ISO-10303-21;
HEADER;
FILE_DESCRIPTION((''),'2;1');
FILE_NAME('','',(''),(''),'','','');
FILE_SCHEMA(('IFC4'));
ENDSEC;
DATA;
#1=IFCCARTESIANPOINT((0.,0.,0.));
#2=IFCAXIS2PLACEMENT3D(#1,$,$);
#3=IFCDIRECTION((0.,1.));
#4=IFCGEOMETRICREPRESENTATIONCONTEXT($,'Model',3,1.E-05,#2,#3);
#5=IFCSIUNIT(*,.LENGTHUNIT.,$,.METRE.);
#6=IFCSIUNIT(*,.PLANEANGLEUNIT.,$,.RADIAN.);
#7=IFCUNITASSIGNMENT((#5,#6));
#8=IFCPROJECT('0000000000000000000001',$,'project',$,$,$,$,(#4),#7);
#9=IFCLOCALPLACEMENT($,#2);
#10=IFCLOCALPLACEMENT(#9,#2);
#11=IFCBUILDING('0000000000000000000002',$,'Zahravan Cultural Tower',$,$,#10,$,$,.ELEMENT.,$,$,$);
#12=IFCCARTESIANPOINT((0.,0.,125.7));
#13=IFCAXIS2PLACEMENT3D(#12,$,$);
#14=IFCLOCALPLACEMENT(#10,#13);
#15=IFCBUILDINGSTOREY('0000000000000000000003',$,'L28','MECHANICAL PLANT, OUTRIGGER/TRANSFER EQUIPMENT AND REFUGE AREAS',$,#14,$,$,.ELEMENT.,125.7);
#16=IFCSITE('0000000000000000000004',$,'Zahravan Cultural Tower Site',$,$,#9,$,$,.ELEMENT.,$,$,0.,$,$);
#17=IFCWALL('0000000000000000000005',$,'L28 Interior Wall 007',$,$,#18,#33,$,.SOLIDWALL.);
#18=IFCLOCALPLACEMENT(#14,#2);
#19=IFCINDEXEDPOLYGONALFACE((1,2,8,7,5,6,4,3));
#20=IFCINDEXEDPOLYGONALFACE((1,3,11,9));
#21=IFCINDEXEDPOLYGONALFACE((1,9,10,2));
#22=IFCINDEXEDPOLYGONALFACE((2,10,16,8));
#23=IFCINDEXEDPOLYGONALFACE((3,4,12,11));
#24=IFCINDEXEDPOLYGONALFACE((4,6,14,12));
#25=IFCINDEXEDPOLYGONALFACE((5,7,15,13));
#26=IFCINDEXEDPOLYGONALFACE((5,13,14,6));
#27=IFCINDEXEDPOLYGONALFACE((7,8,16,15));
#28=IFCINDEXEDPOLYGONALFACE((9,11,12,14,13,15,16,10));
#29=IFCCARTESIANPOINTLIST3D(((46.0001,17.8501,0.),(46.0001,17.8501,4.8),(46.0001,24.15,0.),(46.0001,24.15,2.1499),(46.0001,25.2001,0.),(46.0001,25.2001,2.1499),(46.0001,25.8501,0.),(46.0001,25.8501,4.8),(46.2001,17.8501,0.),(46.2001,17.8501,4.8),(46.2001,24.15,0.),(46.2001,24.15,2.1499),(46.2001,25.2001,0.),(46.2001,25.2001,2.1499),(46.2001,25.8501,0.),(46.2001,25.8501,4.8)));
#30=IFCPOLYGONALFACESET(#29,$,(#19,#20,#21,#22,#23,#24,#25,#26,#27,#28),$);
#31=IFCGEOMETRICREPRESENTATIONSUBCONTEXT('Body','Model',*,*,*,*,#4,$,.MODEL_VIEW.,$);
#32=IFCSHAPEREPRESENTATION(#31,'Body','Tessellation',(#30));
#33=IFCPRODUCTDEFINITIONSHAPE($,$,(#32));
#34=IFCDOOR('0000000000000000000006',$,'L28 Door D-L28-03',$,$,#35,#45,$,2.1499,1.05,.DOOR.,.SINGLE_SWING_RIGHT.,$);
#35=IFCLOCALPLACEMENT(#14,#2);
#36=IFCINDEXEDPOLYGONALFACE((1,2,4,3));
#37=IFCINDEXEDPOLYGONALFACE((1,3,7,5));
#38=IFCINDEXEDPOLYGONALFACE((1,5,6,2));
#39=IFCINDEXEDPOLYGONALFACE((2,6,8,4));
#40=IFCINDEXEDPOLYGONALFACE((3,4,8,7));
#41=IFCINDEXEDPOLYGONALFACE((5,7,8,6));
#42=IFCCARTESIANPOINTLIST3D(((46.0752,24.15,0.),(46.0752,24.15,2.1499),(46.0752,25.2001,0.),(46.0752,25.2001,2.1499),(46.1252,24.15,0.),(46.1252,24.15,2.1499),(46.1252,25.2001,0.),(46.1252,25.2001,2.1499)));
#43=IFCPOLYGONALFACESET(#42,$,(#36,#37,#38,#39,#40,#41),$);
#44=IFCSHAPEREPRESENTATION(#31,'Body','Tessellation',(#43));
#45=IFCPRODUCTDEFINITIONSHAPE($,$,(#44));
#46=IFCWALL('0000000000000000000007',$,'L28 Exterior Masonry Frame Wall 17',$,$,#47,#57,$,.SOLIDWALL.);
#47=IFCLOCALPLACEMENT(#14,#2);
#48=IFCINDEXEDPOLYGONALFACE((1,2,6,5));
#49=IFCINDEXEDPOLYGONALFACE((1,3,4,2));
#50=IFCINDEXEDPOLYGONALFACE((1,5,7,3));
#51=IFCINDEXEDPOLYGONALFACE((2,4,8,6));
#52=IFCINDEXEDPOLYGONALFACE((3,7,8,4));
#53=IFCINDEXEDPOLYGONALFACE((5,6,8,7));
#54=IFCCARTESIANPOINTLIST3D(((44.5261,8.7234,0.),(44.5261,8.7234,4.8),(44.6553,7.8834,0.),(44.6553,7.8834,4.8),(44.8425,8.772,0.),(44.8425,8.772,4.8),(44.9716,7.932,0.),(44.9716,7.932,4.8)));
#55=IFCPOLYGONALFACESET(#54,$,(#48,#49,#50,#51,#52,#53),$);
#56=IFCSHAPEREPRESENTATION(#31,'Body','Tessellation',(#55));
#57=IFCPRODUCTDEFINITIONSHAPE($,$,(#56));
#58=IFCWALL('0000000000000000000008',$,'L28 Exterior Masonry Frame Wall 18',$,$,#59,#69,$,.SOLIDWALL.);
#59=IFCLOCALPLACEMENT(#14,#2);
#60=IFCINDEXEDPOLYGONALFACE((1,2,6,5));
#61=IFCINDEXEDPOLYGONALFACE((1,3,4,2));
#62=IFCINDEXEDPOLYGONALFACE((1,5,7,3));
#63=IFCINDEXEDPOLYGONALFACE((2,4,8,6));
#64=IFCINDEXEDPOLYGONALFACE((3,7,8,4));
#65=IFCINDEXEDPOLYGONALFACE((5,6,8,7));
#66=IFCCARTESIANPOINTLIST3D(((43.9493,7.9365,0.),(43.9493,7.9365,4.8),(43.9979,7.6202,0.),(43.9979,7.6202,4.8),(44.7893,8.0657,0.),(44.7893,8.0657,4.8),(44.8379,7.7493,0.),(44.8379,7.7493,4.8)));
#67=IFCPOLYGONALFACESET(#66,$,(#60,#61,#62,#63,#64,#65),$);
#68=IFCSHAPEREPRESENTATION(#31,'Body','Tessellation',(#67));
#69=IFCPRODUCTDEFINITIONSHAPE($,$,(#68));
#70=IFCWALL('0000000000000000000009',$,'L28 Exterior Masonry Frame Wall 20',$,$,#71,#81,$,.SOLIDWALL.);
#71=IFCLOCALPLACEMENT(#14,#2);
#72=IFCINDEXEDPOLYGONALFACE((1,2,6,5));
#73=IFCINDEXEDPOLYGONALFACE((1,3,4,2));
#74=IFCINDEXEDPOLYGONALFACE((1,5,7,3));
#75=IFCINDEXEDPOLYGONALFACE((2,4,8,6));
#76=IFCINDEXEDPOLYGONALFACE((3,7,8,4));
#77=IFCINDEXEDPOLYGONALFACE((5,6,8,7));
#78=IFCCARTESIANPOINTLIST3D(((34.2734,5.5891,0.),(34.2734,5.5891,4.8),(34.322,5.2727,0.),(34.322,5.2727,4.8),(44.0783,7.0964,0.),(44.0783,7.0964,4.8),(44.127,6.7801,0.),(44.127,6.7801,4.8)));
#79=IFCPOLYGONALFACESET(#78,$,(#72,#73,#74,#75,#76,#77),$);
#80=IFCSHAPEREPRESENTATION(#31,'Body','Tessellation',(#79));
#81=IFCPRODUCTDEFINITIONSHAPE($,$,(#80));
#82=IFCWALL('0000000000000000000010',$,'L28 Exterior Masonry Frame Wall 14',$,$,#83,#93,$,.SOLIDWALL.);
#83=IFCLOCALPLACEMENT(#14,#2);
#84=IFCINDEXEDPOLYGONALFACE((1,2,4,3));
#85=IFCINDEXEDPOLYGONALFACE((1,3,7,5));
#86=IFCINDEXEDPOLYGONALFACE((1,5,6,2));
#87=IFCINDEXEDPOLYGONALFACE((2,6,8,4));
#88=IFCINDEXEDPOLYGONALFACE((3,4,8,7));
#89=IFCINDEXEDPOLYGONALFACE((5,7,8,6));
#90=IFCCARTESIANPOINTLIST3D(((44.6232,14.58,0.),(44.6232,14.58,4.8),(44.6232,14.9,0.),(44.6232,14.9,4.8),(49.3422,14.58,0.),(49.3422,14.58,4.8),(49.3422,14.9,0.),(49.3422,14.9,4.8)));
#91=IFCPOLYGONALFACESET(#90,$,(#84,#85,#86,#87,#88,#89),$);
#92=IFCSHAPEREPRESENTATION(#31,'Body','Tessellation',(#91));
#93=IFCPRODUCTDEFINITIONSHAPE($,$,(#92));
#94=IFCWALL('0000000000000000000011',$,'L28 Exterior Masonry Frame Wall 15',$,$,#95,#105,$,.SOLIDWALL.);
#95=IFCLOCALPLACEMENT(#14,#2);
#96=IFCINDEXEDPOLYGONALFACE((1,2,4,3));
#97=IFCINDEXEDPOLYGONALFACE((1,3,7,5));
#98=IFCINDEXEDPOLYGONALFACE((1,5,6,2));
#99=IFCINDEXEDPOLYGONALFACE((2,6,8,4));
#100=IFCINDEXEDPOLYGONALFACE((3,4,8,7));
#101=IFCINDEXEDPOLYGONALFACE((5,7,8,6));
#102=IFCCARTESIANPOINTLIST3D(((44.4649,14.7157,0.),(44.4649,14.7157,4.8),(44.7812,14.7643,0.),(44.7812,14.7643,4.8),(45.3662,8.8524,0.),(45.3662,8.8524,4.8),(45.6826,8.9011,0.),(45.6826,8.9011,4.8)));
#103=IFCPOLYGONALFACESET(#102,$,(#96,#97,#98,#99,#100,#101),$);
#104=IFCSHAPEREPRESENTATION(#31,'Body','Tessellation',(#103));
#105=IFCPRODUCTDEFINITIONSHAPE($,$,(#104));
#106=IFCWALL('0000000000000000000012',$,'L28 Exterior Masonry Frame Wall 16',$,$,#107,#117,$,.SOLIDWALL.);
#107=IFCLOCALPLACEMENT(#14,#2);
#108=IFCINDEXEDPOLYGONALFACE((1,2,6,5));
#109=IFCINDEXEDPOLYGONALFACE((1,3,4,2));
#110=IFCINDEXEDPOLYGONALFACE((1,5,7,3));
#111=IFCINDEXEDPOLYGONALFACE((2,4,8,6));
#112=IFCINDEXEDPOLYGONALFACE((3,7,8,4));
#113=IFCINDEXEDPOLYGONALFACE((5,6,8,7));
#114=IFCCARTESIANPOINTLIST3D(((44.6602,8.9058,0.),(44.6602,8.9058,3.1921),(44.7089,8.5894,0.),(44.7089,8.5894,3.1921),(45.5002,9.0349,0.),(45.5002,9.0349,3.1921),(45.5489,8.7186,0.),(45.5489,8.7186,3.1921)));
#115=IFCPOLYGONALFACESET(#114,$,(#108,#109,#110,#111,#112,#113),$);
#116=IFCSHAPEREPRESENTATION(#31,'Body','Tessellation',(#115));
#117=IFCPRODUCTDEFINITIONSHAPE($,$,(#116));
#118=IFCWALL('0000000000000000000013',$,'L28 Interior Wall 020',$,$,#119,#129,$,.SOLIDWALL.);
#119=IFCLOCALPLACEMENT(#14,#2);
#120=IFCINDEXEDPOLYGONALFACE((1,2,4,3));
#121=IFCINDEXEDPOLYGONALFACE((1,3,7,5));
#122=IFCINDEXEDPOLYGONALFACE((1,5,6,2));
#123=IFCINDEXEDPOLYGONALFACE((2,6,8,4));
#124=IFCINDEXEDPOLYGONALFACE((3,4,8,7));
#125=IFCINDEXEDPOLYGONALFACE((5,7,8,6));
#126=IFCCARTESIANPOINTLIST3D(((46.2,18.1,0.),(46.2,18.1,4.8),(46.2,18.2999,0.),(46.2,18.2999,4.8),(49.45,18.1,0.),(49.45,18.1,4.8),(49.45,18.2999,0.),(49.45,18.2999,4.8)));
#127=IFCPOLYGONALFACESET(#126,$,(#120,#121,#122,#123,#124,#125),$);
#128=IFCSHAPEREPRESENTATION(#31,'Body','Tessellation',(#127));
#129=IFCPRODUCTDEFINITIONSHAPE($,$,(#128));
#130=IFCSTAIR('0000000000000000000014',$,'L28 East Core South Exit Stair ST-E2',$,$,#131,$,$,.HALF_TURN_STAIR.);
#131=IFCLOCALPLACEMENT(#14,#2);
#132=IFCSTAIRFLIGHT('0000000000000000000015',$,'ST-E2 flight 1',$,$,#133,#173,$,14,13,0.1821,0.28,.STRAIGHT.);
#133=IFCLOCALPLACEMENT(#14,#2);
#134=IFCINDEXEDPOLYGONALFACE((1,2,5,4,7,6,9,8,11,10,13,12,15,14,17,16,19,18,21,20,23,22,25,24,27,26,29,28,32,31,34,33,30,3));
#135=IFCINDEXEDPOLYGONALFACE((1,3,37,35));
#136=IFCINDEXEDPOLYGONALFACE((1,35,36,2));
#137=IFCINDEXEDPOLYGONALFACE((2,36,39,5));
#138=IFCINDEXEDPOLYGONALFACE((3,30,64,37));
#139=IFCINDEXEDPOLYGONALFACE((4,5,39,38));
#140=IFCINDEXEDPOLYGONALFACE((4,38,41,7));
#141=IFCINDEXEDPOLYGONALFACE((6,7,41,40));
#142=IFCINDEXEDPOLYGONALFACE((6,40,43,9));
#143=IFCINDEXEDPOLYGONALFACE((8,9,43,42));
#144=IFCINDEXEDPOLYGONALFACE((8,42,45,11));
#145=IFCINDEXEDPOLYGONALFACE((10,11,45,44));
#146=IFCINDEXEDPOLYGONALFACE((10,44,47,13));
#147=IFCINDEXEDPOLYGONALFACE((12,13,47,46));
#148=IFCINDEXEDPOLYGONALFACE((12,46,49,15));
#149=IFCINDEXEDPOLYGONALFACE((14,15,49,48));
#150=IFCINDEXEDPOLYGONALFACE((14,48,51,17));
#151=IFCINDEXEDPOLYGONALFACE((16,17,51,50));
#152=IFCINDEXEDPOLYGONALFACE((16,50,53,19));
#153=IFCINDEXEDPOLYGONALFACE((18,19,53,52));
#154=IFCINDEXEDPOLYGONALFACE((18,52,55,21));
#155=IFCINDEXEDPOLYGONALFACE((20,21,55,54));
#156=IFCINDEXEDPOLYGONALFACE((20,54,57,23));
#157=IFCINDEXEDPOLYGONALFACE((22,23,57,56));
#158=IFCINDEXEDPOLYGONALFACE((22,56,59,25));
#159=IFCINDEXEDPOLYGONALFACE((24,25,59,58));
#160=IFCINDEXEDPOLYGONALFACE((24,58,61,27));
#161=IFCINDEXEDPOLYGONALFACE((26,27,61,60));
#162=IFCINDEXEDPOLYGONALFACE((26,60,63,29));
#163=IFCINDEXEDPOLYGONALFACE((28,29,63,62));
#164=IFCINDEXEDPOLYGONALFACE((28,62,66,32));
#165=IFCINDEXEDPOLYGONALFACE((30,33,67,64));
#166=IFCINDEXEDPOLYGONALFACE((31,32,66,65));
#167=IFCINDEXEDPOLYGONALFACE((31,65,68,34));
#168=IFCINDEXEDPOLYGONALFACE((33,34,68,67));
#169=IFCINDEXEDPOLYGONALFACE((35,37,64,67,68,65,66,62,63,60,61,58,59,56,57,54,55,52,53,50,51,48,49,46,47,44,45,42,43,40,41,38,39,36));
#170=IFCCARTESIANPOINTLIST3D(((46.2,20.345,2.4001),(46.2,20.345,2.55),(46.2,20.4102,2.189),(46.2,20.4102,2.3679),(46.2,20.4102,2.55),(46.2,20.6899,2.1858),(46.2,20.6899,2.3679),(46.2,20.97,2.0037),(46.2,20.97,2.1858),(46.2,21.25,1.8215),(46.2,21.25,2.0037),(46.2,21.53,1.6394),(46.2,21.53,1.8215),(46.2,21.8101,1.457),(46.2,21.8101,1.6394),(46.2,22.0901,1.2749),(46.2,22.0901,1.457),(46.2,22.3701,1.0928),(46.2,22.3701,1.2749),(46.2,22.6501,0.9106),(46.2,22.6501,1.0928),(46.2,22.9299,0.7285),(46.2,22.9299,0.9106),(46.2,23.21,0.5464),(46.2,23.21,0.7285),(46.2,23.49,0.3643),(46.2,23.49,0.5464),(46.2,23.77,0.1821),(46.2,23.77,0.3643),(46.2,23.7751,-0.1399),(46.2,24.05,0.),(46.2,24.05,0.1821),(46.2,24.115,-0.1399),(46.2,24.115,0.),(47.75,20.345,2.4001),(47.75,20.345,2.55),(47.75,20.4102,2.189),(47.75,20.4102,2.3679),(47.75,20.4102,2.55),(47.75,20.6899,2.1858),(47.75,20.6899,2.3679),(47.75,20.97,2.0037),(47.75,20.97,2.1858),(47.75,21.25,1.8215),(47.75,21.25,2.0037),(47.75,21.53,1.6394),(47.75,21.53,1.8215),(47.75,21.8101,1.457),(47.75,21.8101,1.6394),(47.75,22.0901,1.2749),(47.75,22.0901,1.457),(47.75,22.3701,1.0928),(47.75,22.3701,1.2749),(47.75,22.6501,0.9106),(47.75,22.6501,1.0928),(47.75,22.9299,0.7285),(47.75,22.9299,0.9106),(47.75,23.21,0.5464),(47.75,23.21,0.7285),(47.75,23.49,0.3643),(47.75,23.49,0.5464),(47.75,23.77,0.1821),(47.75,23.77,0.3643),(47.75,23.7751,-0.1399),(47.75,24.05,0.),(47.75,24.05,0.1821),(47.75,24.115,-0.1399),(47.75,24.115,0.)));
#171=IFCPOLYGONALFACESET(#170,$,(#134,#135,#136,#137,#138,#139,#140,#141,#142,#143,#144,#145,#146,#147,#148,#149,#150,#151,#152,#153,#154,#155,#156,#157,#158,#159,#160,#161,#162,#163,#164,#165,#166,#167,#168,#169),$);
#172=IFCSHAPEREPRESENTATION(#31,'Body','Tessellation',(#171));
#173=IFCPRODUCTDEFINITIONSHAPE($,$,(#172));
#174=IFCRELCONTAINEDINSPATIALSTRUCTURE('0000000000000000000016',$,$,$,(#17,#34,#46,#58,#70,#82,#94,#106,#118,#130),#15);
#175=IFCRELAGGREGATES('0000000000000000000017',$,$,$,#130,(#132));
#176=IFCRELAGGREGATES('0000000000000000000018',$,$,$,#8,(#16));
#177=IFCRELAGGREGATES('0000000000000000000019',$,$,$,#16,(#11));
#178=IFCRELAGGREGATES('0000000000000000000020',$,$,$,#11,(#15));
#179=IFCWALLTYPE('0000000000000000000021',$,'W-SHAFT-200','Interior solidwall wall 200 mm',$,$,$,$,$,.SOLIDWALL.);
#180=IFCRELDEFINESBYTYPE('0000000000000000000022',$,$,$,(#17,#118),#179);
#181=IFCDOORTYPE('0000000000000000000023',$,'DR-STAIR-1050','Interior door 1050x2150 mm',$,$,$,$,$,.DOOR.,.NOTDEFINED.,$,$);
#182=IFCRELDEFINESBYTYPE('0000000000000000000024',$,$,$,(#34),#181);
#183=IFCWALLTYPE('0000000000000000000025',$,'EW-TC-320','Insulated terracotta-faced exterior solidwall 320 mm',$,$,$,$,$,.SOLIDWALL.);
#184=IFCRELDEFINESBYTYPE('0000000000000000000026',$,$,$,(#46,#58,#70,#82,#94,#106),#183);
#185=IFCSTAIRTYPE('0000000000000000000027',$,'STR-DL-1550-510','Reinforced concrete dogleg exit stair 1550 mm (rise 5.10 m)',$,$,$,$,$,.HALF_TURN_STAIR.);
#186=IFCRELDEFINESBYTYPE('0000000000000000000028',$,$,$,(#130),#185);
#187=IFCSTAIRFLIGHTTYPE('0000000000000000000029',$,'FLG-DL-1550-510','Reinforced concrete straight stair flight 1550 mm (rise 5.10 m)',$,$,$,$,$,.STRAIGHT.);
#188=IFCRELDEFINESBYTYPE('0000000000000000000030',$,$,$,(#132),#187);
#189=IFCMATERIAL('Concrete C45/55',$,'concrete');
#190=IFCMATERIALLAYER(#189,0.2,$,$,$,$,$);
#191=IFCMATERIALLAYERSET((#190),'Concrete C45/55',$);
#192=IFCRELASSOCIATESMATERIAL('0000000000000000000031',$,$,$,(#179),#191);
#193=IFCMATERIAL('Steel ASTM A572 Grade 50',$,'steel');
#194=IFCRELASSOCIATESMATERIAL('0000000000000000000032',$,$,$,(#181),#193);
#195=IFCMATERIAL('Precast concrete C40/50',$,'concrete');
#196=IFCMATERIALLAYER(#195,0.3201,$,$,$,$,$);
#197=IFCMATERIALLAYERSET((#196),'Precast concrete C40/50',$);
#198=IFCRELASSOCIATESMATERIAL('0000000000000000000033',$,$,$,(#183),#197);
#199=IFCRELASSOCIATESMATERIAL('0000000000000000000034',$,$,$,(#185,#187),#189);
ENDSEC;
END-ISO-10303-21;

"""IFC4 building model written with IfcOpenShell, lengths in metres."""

from ifc_helpers import new_model, si_unit, direction, frame, frame_2d, origin, place, context, subcontext, project, spatial, polyline, rectangle, outline, extrude, source, transform, mapped, material, layer, layer_set, type_object, element, fill, aggregate, save


model = new_model("IFC4")

# Units and contexts
model_context = context("Model", 3, precision=1e-05, world=origin(), true_north=direction((0.0, 1.0)))
body_context = subcontext(model_context, "Body", "Model", "MODEL_VIEW")
ifc_project = project(units=[si_unit("LENGTHUNIT", "METRE"), si_unit("PLANEANGLEUNIT", "RADIAN")], contexts=[model_context])

# Site, building, storey
site_placement = place(None, origin())
site = spatial("IfcSite", under=ifc_project, at=site_placement, Name="Zahravan Cultural Tower Site", CompositionType="ELEMENT", RefElevation=0.0)
building_placement = place(site_placement, origin())
building = spatial("IfcBuilding", under=site, at=building_placement, Name="Zahravan Cultural Tower", CompositionType="ELEMENT")
storey_placement = place(building_placement, frame((0.0, 0.0, 125.7)))
storey = spatial("IfcBuildingStorey", under=building, at=storey_placement, Name="L28", Description="MECHANICAL PLANT, OUTRIGGER/TRANSFER EQUIPMENT AND REFUGE AREAS", CompositionType="ELEMENT", Elevation=125.7)

# Wall, opening, door
ifc_material_1 = material(Name="Concrete C45/55", Category="concrete")
ifc_layer_1 = layer(ifc_material_1, 0.2)
ifc_layer_set_1 = layer_set([ifc_layer_1], Name="Concrete C45/55")
wall_type_1 = type_object("IfcWallType", Name="W-SHAFT-200", Description="Interior solidwall wall 200 mm", PredefinedType="SOLIDWALL", material=ifc_layer_set_1)
wall_1_placement = place(storey_placement, frame((46.1001, 17.8501, 0.0), z_axis=(0.0, 0.0, 1.0), x_axis=(0.0, 1.0, 0.0)))
wall_1 = element("IfcWall", 1, at=wall_1_placement, inside=storey, type_object=wall_type_1, Name="L28 Interior Wall 007", PredefinedType="SOLIDWALL", context=body_context, shape_type="SweptSolid", body=[
    extrude(rectangle(XDim=8.0, YDim=0.2, at=frame_2d((4.0, 0.0))), origin(), (0.0, 0.0, 1.0), 4.8),
])
opening_placement = place(wall_1_placement, frame((6.3, 0.0, 0.0)))
opening = element("IfcOpeningElement", 2, at=opening_placement, cuts=wall_1, PredefinedType="OPENING", context=body_context, shape_type="SweptSolid", body=[
    extrude(rectangle(XDim=1.05, YDim=2.1499, at=frame_2d((0.5249, 1.075))), frame((0.0, 0.1099, 0.0), z_axis=(0.0, -1.0, 0.0), x_axis=(1.0, 0.0, 0.0)), (0.0, 0.0, 1.0), 0.22),
])
ifc_material_2 = material(Name="Steel ASTM A572 Grade 50", Category="steel")
door_type = type_object("IfcDoorType", Name="DR-STAIR-1050", Description="Interior door 1050x2150 mm", OperationType="NOTDEFINED", PredefinedType="DOOR", material=ifc_material_2)
shared_shape_1 = source(origin(), body_context, "Body", "SweptSolid", [
    extrude(rectangle(XDim=1.05, YDim=2.1499, at=frame_2d((0.5249, 1.075))), frame((0.0, 0.0249, 0.0), z_axis=(0.0, -1.0, 0.0), x_axis=(1.0, 0.0, 0.0)), (0.0, 0.0, 1.0), 0.05),
])
door_placement = place(opening_placement, origin())
door = element("IfcDoor", 3, at=door_placement, inside=storey, type_object=door_type, Name="L28 Door D-L28-03", OperationType="SINGLE_SWING_RIGHT", OverallHeight=2.1499, OverallWidth=1.05, PredefinedType="DOOR", context=body_context, shape_type="MappedRepresentation", body=[
    mapped(shared_shape_1, transform((0.0, 0.0, 0.0), x_axis=(1.0, 0.0, 0.0), y_axis=(0.0, 1.0, 0.0), z_axis=(0.0, 0.0, 1.0), scale=1.0)),
])
fill(opening, door)

# Walls
ifc_material_3 = material(Name="Precast concrete C40/50", Category="concrete")
ifc_layer_2 = layer(ifc_material_3, 0.3201)
ifc_layer_set_2 = layer_set([ifc_layer_2], Name="Precast concrete C40/50")
wall_type_2 = type_object("IfcWallType", Name="EW-TC-320", Description="Insulated terracotta-faced exterior solidwall 320 mm", PredefinedType="SOLIDWALL", material=ifc_layer_set_2)
shared_shape_2 = source(origin(), body_context, "Body", "SweptSolid", [
    extrude(rectangle(XDim=0.8499, YDim=0.3201, at=frame_2d((0.4248, 0.0))), origin(), (0.0, 0.0, 1.0), 4.8),
])
for number, where, z_axis, x_axis, name in (
    (4, (44.6843, 8.7476, 0.0), (0.0, 0.0, 1.0), (0.151949, -0.988388, 0.0), "L28 Exterior Masonry Frame Wall 17"),
    (5, (44.8135, 7.9075, 0.0), (0.0, 0.0, 1.0), (-0.988388, -0.151949, 0.0), "L28 Exterior Masonry Frame Wall 18"),
):
    element("IfcWall", number, at=place(storey_placement, frame(where, z_axis=z_axis, x_axis=x_axis)), inside=storey, type_object=wall_type_2, Name=name, PredefinedType="SOLIDWALL", context=body_context, shape_type="MappedRepresentation", body=[
        mapped(shared_shape_2, transform((0.0, 0.0, 0.0), x_axis=(1.0, 0.0, 0.0), y_axis=(0.0, 1.0, 0.0), z_axis=(0.0, 0.0, 1.0), scale=1.0)),
    ])
shared_shape_3 = source(origin(), body_context, "Body", "SweptSolid", [
    extrude(rectangle(XDim=9.9202, YDim=0.3201, at=frame_2d((4.96, 0.0))), origin(), (0.0, 0.0, 1.0), 4.8),
])
wall_2_placement = place(storey_placement, frame((44.1025, 6.9382, 0.0), z_axis=(0.0, 0.0, 1.0), x_axis=(-0.988389, -0.151946, 0.0)))
element("IfcWall", 6, at=wall_2_placement, inside=storey, type_object=wall_type_2, Name="L28 Exterior Masonry Frame Wall 20", PredefinedType="SOLIDWALL", context=body_context, shape_type="MappedRepresentation", body=[
    mapped(shared_shape_3, transform((0.0, 0.0, 0.0), x_axis=(1.0, 0.0, 0.0), y_axis=(0.0, 1.0, 0.0), z_axis=(0.0, 0.0, 1.0), scale=1.0)),
])
shared_shape_4 = source(origin(), body_context, "Body", "SweptSolid", [
    extrude(rectangle(XDim=4.719, YDim=0.3201, at=frame_2d((2.3594, 0.0))), origin(), (0.0, 0.0, 1.0), 4.8),
])
wall_3_placement = place(storey_placement, frame((49.342, 14.74, 0.0), z_axis=(0.0, 0.0, 1.0), x_axis=(-1.0, 0.0, 0.0)))
element("IfcWall", 7, at=wall_3_placement, inside=storey, type_object=wall_type_2, Name="L28 Exterior Masonry Frame Wall 14", PredefinedType="SOLIDWALL", context=body_context, shape_type="MappedRepresentation", body=[
    mapped(shared_shape_4, transform((0.0, 0.0, 0.0), x_axis=(1.0, 0.0, 0.0), y_axis=(0.0, 1.0, 0.0), z_axis=(0.0, 0.0, 1.0), scale=1.0)),
])
shared_shape_5 = source(origin(), body_context, "Body", "SweptSolid", [
    extrude(rectangle(XDim=5.9321, YDim=0.3201, at=frame_2d((2.9661, 0.0))), origin(), (0.0, 0.0, 1.0), 4.8),
])
wall_4_placement = place(storey_placement, frame((44.623, 14.74, 0.0), z_axis=(0.0, 0.0, 1.0), x_axis=(0.151946, -0.988389, 0.0)))
element("IfcWall", 8, at=wall_4_placement, inside=storey, type_object=wall_type_2, Name="L28 Exterior Masonry Frame Wall 15", PredefinedType="SOLIDWALL", context=body_context, shape_type="MappedRepresentation", body=[
    mapped(shared_shape_5, transform((0.0, 0.0, 0.0), x_axis=(1.0, 0.0, 0.0), y_axis=(0.0, 1.0, 0.0), z_axis=(0.0, 0.0, 1.0), scale=1.0)),
])
shared_shape_6 = source(origin(), body_context, "Body", "SweptSolid", [
    extrude(rectangle(XDim=0.8499, YDim=0.3201, at=frame_2d((0.4248, 0.0))), origin(), (0.0, 0.0, 1.0), 3.1921),
])
wall_5_placement = place(storey_placement, frame((45.5244, 8.8767, 0.0), z_axis=(0.0, 0.0, 1.0), x_axis=(-0.988388, -0.151949, 0.0)))
element("IfcWall", 9, at=wall_5_placement, inside=storey, type_object=wall_type_2, Name="L28 Exterior Masonry Frame Wall 16", PredefinedType="SOLIDWALL", context=body_context, shape_type="MappedRepresentation", body=[
    mapped(shared_shape_6, transform((0.0, 0.0, 0.0), x_axis=(1.0, 0.0, 0.0), y_axis=(0.0, 1.0, 0.0), z_axis=(0.0, 0.0, 1.0), scale=1.0)),
])
shared_shape_7 = source(origin(), body_context, "Body", "SweptSolid", [
    extrude(rectangle(XDim=3.25, YDim=0.2, at=frame_2d((1.625, 0.0))), origin(), (0.0, 0.0, 1.0), 4.8),
])
wall_6_placement = place(storey_placement, frame((46.2, 18.2, 0.0), z_axis=(0.0, 0.0, 1.0), x_axis=(1.0, 0.0, 0.0)))
element("IfcWall", 10, at=wall_6_placement, inside=storey, type_object=wall_type_1, Name="L28 Interior Wall 020", PredefinedType="SOLIDWALL", context=body_context, shape_type="MappedRepresentation", body=[
    mapped(shared_shape_7, transform((0.0, 0.0, 0.0), x_axis=(1.0, 0.0, 0.0), y_axis=(0.0, 1.0, 0.0), z_axis=(0.0, 0.0, 1.0), scale=1.0)),
])

# Stair, stair flight
stair_type = type_object("IfcStairType", Name="STR-DL-1550-510", Description="Reinforced concrete dogleg exit stair 1550 mm (rise 5.10 m)", PredefinedType="HALF_TURN_STAIR", material=ifc_material_1)
stair_placement = place(storey_placement, origin())
stair = element("IfcStair", 11, at=stair_placement, inside=storey, type_object=stair_type, Name="L28 East Core South Exit Stair ST-E2", PredefinedType="HALF_TURN_STAIR")
stair_flight_type = type_object("IfcStairFlightType", Name="FLG-DL-1550-510", Description="Reinforced concrete straight stair flight 1550 mm (rise 5.10 m)", PredefinedType="STRAIGHT", material=ifc_material_1)
stair_flight_1_placement = place(storey_placement, frame((46.9751, 24.05, 0.0), z_axis=(0.0, 0.0, 1.0), x_axis=(0.0, -1.0, 0.0)))
stair_flight_1 = element("IfcStairFlight", 12, at=stair_flight_1_placement, type_object=stair_flight_type, Name="ST-E2 flight 1", NumberOfRisers=14, NumberOfTreads=13, PredefinedType="STRAIGHT", RiserHeight=0.1821, TreadLength=0.28, context=body_context, shape_type="SweptSolid", body=[
    extrude(outline(polyline([(-0.0649, -0.1399), (-0.0649, 0.0), (0.0, 0.0), (0.0, 0.1821), (0.28, 0.1821), (0.28, 0.3643), (0.5601, 0.3643), (0.5601, 0.5464), (0.8401, 0.5464), (0.8401, 0.7285), (1.1201, 0.7285), (1.1201, 0.9106), (1.3999, 0.9106), (1.3999, 1.0928), (1.6799, 1.0928), (1.6799, 1.2749), (1.96, 1.2749), (1.96, 1.457), (2.24, 1.457), (2.24, 1.6394), (2.52, 1.6394), (2.52, 1.8215), (2.8, 1.8215), (2.8, 2.0037), (3.0801, 2.0037), (3.0801, 2.1858), (3.3601, 2.1858), (3.3601, 2.3679), (3.6399, 2.3679), (3.6399, 2.55), (3.7051, 2.55), (3.7051, 2.4001), (3.6399, 2.189), (0.2749, -0.1399), (-0.0649, -0.1399)])), frame((0.0, 0.7749, 0.0), z_axis=(0.0, -1.0, 0.0), x_axis=(1.0, 0.0, 0.0)), (0.0, 0.0, 1.0), 1.55),
])
aggregate(stair, [stair_flight_1])

save(model, "model.ifc")
